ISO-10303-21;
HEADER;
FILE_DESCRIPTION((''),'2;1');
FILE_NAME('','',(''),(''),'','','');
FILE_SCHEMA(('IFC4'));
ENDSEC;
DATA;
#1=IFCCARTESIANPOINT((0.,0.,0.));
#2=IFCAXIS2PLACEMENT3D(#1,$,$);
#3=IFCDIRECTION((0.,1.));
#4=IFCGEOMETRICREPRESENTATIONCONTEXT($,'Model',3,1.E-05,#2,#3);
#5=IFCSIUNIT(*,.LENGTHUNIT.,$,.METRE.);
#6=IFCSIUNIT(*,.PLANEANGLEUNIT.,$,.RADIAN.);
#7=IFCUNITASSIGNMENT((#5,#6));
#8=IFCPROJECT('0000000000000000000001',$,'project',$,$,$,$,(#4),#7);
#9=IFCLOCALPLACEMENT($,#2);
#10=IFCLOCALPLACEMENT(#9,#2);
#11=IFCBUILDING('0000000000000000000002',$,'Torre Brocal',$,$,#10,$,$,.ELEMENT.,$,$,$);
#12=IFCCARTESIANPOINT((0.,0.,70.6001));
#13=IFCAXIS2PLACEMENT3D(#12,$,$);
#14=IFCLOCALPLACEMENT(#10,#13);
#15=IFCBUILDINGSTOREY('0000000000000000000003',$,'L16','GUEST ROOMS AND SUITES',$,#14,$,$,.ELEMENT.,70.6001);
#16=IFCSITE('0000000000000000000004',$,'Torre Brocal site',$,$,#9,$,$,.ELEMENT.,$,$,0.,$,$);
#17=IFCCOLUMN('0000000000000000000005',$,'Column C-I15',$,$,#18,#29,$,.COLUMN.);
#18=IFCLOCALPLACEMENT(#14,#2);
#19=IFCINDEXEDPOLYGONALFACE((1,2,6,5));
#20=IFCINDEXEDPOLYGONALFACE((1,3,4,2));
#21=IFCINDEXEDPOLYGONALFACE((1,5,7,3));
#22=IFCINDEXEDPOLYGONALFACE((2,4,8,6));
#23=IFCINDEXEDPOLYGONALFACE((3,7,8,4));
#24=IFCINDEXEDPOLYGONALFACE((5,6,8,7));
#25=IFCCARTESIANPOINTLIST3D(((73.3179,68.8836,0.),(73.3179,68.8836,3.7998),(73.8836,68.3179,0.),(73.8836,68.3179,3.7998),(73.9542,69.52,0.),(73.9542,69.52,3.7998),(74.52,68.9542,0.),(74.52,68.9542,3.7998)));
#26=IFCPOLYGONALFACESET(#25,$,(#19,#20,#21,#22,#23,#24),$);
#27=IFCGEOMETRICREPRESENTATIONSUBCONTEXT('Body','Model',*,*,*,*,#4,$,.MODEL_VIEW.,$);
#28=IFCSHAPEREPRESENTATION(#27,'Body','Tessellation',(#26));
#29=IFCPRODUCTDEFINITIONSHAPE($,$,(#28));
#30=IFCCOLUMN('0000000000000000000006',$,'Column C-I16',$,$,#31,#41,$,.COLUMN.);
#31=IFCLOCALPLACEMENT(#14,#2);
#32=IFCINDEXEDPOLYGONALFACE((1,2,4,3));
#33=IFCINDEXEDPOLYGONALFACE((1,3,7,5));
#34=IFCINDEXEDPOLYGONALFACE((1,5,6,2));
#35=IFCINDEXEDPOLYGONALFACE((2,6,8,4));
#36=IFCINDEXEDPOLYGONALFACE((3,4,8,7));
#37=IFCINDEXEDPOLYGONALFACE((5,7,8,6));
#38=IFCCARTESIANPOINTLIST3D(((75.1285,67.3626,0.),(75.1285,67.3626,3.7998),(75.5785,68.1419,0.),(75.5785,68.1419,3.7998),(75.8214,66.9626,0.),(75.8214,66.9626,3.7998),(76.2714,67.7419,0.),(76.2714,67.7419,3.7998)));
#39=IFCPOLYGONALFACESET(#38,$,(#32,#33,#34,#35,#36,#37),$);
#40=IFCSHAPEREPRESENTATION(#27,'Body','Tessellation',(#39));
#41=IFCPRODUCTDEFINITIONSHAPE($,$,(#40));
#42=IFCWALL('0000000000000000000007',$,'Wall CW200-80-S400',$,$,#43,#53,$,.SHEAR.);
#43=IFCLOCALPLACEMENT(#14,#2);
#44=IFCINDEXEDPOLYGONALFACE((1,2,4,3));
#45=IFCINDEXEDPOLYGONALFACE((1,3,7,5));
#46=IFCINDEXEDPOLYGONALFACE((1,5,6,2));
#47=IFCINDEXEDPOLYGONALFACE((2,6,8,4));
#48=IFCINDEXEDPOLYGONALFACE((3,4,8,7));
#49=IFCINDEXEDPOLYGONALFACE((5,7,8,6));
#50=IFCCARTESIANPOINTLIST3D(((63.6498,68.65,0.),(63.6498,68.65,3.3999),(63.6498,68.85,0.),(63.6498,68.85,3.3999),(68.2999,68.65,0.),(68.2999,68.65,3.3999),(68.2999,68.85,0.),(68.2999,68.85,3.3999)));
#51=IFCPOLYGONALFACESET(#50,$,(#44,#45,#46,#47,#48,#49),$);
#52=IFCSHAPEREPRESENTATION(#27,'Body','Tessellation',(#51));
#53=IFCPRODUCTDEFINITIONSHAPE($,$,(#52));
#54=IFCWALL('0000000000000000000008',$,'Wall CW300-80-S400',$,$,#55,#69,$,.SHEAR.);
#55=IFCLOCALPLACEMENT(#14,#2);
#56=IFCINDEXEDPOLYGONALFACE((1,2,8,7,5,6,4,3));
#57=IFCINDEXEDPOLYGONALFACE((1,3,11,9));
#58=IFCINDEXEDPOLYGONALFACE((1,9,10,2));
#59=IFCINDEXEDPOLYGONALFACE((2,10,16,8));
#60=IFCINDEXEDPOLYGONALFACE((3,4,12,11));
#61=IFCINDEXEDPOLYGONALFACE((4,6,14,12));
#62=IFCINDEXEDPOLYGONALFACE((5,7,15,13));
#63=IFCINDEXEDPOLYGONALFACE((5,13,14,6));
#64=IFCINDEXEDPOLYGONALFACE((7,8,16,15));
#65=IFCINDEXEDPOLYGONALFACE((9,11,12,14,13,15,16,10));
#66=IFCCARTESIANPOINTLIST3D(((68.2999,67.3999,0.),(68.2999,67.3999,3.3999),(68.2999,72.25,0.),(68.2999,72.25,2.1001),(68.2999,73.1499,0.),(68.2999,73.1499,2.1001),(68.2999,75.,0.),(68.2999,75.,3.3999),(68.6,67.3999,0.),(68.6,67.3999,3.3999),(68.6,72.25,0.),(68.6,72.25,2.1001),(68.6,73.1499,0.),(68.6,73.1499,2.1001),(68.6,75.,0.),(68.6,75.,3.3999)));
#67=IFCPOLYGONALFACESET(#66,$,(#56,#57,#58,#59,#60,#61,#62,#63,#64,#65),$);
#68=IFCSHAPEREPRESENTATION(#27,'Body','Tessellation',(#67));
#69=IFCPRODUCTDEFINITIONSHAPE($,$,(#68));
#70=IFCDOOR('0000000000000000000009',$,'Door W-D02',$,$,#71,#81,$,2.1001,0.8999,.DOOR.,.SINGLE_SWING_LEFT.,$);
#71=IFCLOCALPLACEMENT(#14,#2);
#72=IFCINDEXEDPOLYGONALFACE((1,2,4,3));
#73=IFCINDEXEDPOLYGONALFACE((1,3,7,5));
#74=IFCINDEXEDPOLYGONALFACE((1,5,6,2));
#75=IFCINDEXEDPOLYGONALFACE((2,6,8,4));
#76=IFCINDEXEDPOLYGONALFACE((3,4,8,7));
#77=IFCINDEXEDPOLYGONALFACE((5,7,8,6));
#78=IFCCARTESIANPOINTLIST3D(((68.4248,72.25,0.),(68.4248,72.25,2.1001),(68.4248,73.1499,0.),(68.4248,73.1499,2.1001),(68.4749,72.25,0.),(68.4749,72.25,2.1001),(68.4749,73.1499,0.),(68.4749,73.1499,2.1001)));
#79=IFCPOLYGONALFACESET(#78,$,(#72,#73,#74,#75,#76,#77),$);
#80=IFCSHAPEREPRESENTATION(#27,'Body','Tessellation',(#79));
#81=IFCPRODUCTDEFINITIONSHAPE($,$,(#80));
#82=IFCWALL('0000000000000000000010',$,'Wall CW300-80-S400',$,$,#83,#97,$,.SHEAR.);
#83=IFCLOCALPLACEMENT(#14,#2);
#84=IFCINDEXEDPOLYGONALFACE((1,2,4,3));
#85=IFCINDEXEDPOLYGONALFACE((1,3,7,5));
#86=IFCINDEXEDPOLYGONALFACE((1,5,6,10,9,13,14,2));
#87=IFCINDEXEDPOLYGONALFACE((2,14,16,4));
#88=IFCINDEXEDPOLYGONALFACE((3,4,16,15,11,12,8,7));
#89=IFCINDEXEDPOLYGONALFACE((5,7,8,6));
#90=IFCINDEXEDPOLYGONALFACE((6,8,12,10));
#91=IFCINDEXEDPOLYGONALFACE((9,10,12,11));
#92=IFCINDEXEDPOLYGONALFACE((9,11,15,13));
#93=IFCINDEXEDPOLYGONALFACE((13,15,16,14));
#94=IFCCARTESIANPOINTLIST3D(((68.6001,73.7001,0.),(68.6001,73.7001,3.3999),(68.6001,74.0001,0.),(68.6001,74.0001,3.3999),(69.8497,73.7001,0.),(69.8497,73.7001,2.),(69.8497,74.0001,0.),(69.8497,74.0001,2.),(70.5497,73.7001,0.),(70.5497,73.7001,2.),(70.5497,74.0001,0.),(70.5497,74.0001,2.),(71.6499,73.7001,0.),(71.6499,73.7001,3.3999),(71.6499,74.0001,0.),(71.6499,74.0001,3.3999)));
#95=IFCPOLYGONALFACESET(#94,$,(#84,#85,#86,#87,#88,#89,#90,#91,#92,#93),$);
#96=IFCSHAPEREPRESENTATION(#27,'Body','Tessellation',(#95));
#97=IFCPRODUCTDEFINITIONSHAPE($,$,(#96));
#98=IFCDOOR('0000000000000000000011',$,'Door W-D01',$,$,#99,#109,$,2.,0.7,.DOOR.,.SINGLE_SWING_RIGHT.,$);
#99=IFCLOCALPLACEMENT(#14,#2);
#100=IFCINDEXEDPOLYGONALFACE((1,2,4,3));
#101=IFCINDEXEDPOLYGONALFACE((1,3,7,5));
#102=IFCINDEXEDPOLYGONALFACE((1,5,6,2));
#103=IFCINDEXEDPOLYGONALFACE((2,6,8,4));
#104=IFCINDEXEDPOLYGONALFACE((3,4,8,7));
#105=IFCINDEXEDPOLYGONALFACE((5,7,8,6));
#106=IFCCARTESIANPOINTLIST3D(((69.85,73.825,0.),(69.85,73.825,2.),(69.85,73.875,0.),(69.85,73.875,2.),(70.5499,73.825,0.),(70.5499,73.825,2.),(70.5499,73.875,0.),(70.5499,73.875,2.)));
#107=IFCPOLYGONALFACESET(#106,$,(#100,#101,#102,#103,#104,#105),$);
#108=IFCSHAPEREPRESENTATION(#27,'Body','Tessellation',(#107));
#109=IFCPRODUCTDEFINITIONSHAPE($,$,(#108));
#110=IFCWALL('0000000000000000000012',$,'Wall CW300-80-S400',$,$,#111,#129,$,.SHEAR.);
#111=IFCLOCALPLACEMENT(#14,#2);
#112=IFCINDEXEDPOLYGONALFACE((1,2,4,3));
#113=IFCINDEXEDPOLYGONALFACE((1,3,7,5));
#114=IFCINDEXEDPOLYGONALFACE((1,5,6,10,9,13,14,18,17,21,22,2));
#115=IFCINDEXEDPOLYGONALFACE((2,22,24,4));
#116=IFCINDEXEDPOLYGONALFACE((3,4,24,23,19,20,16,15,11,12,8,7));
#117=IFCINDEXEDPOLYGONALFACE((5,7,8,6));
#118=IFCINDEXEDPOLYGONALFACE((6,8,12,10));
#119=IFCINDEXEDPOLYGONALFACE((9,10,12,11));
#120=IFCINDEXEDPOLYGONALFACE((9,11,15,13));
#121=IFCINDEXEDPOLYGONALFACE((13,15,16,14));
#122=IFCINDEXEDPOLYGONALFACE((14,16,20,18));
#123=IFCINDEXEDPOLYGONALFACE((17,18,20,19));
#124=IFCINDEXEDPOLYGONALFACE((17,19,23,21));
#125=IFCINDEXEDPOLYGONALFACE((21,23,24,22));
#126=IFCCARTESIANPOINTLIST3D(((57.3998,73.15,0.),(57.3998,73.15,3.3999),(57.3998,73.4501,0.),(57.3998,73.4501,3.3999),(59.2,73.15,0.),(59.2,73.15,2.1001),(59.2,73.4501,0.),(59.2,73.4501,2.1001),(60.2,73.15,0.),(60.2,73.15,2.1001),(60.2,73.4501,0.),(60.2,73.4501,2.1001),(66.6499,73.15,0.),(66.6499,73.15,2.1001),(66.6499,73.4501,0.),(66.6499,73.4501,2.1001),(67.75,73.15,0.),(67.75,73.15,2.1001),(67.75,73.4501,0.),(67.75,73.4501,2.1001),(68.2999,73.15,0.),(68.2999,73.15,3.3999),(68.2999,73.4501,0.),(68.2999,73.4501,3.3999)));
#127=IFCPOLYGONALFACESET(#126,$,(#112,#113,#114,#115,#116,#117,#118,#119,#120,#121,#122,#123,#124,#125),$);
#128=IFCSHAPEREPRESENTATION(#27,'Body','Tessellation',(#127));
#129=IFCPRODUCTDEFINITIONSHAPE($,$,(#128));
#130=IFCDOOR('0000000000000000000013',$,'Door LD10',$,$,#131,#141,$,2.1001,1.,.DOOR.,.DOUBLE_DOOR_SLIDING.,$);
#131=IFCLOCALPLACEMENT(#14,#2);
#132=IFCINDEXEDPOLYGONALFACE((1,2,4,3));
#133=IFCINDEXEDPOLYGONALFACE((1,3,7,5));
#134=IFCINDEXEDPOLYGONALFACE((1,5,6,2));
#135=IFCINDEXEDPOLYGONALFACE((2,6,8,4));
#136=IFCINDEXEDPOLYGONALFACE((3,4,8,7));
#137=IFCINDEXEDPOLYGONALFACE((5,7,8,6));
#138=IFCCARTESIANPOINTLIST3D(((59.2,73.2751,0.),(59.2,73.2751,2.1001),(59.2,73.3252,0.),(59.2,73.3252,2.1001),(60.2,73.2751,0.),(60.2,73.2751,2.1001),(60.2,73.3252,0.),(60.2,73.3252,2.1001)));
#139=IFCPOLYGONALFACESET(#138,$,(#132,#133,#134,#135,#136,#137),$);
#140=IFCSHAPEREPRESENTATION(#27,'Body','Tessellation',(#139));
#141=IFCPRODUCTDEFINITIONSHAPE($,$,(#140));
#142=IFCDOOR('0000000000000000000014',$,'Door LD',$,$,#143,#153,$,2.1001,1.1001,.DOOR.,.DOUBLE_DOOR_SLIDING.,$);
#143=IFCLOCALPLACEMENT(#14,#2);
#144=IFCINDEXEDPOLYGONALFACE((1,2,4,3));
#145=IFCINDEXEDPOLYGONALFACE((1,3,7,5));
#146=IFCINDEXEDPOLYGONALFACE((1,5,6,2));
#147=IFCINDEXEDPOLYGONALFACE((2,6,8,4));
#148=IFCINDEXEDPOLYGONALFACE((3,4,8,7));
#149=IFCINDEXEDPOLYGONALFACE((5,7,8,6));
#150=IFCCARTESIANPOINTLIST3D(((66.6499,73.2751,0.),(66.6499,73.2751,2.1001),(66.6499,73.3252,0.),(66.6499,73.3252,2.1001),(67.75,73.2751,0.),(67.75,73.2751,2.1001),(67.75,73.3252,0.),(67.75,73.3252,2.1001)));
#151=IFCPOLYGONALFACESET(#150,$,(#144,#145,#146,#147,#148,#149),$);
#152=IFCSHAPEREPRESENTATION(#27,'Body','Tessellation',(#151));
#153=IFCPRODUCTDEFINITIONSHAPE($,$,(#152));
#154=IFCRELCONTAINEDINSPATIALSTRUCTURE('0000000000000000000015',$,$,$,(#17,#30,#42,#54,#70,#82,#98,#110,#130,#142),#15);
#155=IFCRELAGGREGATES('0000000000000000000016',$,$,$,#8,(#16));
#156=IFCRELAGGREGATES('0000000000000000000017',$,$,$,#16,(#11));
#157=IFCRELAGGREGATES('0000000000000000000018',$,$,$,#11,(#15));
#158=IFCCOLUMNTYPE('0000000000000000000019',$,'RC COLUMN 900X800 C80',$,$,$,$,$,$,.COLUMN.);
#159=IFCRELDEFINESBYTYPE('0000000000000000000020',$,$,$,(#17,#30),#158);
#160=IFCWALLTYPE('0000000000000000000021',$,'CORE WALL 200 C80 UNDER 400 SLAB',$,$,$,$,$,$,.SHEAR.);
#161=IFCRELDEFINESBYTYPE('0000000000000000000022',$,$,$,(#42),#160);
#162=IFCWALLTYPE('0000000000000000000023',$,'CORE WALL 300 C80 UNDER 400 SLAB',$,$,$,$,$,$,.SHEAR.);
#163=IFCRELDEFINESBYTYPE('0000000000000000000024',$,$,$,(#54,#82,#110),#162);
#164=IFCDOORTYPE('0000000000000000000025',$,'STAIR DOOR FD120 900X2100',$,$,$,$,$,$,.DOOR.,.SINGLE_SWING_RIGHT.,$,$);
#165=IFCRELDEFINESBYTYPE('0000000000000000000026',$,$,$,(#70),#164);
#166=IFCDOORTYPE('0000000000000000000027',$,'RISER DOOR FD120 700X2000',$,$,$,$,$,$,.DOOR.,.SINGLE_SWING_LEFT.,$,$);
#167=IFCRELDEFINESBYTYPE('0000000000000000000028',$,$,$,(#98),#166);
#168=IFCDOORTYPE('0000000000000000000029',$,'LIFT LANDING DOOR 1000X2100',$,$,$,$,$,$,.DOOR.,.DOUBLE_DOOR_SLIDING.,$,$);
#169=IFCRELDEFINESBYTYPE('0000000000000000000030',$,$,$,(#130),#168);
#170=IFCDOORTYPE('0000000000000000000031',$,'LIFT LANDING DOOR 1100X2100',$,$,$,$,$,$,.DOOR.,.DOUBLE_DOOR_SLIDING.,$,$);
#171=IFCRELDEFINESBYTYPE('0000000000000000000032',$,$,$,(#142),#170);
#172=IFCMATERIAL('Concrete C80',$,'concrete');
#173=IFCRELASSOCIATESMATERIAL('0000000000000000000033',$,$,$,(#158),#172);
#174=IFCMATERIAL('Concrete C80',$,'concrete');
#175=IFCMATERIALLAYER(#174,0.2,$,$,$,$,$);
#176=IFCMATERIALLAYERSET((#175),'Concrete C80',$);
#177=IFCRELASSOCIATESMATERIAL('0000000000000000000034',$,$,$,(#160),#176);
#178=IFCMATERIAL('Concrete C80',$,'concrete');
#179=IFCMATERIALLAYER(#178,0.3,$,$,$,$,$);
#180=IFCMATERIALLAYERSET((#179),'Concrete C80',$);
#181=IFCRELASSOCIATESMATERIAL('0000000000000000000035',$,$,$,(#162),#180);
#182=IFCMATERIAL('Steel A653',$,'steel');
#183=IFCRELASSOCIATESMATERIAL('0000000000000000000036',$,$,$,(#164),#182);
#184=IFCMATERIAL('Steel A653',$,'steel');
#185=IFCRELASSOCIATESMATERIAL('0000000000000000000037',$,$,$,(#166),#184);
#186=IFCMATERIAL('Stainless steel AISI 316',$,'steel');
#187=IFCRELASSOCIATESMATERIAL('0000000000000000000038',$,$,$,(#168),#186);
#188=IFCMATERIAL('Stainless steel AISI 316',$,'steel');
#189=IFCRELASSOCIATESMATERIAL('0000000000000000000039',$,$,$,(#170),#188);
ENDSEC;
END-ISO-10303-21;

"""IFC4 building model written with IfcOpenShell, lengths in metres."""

from ifc_helpers import new_model, si_unit, direction, frame, frame_2d, origin, origin_2d, place, context, subcontext, project, spatial, rectangle, extrude, material, layer, layer_set, material_profile, profile_set, type_object, element, fill, save


model = new_model("IFC4")

# Units and contexts
model_context = context("Model", 3, precision=1e-05, world=origin(), true_north=direction((0.0, 1.0)))
body_context = subcontext(model_context, "Body", "Model", "MODEL_VIEW")
ifc_project = project(units=[si_unit("LENGTHUNIT", "METRE"), si_unit("PLANEANGLEUNIT", "RADIAN")], contexts=[model_context])

# Site, building, storey
site_placement = place(None, origin())
site = spatial("IfcSite", under=ifc_project, at=site_placement, Name="Torre Brocal site", CompositionType="ELEMENT", RefElevation=0.0)
building_placement = place(site_placement, origin())
building = spatial("IfcBuilding", under=site, at=building_placement, Name="Torre Brocal", CompositionType="ELEMENT")
storey_placement = place(building_placement, frame((0.0, 0.0, 70.6001)))
storey = spatial("IfcBuildingStorey", under=building, at=storey_placement, Name="L16", Description="GUEST ROOMS AND SUITES", CompositionType="ELEMENT", Elevation=70.6001)

# Columns
ifc_material_1 = material(Name="Concrete C80", Category="concrete")
ifc_material_profile = material_profile(ifc_material_1, rectangle(XDim=0.8999, YDim=0.8, at=origin_2d()), Name="RC 900X800")
ifc_profile_set = profile_set([ifc_material_profile], Name="Concrete C80")
column_type = type_object("IfcColumnType", Name="RC COLUMN 900X800 C80", PredefinedType="COLUMN", material=ifc_profile_set)
for number, where, z_axis, x_axis, name in (
    (1, (73.9189, 68.9189, 0.0), (0.0, 0.0, 1.0), (-0.707107, -0.707107, 0.0), "Column C-I15"),
    (2, (75.7, 67.5522, 0.0), (0.0, 0.0, 1.0), (-0.5, -0.866025, 0.0), "Column C-I16"),
):
    element("IfcColumn", number, at=place(storey_placement, frame(where, z_axis=z_axis, x_axis=x_axis)), inside=storey, type_object=column_type, Name=name, PredefinedType="COLUMN", context=body_context, shape_type="SweptSolid", body=[
        extrude(rectangle(XDim=0.8999, YDim=0.8, at=origin_2d()), origin(), (0.0, 0.0, 1.0), 3.7998),
    ])

# Wall
ifc_material_2 = material(Name="Concrete C80", Category="concrete")
ifc_layer_1 = layer(ifc_material_2, 0.2)
ifc_layer_set_1 = layer_set([ifc_layer_1], Name="Concrete C80")
wall_type_1 = type_object("IfcWallType", Name="CORE WALL 200 C80 UNDER 400 SLAB", PredefinedType="SHEAR", material=ifc_layer_set_1)
wall_1_placement = place(storey_placement, frame((68.3, 68.75, 0.0), z_axis=(0.0, 0.0, 1.0), x_axis=(-1.0, 0.0, 0.0)))
element("IfcWall", 3, at=wall_1_placement, inside=storey, type_object=wall_type_1, Name="Wall CW200-80-S400", PredefinedType="SHEAR", context=body_context, shape_type="SweptSolid", body=[
    extrude(rectangle(XDim=4.6501, YDim=0.2, at=frame_2d((2.3252, 0.0))), origin(), (0.0, 0.0, 1.0), 3.3999),
])

# Walls, openings, doors
ifc_material_3 = material(Name="Concrete C80", Category="concrete")
ifc_layer_2 = layer(ifc_material_3, 0.3)
ifc_layer_set_2 = layer_set([ifc_layer_2], Name="Concrete C80")
wall_type_2 = type_object("IfcWallType", Name="CORE WALL 300 C80 UNDER 400 SLAB", PredefinedType="SHEAR", material=ifc_layer_set_2)
wall_2_placement = place(storey_placement, frame((68.45, 75.0, 0.0), z_axis=(0.0, 0.0, 1.0), x_axis=(0.0, -1.0, 0.0)))
wall_2 = element("IfcWall", 4, at=wall_2_placement, inside=storey, type_object=wall_type_2, Name="Wall CW300-80-S400", PredefinedType="SHEAR", context=body_context, shape_type="SweptSolid", body=[
    extrude(rectangle(XDim=7.6001, YDim=0.3, at=frame_2d((3.8, 0.0))), origin(), (0.0, 0.0, 1.0), 3.3999),
])
opening_1_placement = place(wall_2_placement, frame((1.8501, 0.0, 0.0)))
opening_1 = element("IfcOpeningElement", 5, at=opening_1_placement, cuts=wall_2, PredefinedType="OPENING", context=body_context, shape_type="SweptSolid", body=[
    extrude(rectangle(XDim=0.8999, YDim=2.1001, at=frame_2d((0.45, 1.05))), frame((0.0, 0.1599, 0.0), z_axis=(0.0, -1.0, 0.0), x_axis=(1.0, 0.0, 0.0)), (0.0, 0.0, 1.0), 0.3201),
])
ifc_material_4 = material(Name="Steel A653", Category="steel")
door_type_1 = type_object("IfcDoorType", Name="STAIR DOOR FD120 900X2100", OperationType="SINGLE_SWING_RIGHT", PredefinedType="DOOR", material=ifc_material_4)
door_1_placement = place(opening_1_placement, origin())
door_1 = element("IfcDoor", 6, at=door_1_placement, inside=storey, type_object=door_type_1, Name="Door W-D02", OperationType="SINGLE_SWING_LEFT", OverallHeight=2.1001, OverallWidth=0.8999, PredefinedType="DOOR", context=body_context, shape_type="SweptSolid", body=[
    extrude(rectangle(XDim=0.8999, YDim=2.1001, at=frame_2d((0.45, 1.05))), frame((0.0, 0.0249, 0.0), z_axis=(0.0, -1.0, 0.0), x_axis=(1.0, 0.0, 0.0)), (0.0, 0.0, 1.0), 0.05),
])
fill(opening_1, door_1)
wall_3_placement = place(storey_placement, frame((71.6499, 73.8501, 0.0), z_axis=(0.0, 0.0, 1.0), x_axis=(-1.0, 0.0, 0.0)))
wall_3 = element("IfcWall", 7, at=wall_3_placement, inside=storey, type_object=wall_type_2, Name="Wall CW300-80-S400", PredefinedType="SHEAR", context=body_context, shape_type="SweptSolid", body=[
    extrude(rectangle(XDim=3.0498, YDim=0.3, at=frame_2d((1.5249, 0.0))), origin(), (0.0, 0.0, 1.0), 3.3999),
])
opening_2_placement = place(wall_3_placement, frame((1.1001, 0.0, 0.0)))
opening_2 = element("IfcOpeningElement", 8, at=opening_2_placement, cuts=wall_3, PredefinedType="OPENING", context=body_context, shape_type="SweptSolid", body=[
    extrude(rectangle(XDim=0.7, YDim=2.0, at=frame_2d((0.3501, 1.0))), frame((0.0, 0.1599, 0.0), z_axis=(0.0, -1.0, 0.0), x_axis=(1.0, 0.0, 0.0)), (0.0, 0.0, 1.0), 0.3201),
])
ifc_material_5 = material(Name="Steel A653", Category="steel")
door_type_2 = type_object("IfcDoorType", Name="RISER DOOR FD120 700X2000", OperationType="SINGLE_SWING_LEFT", PredefinedType="DOOR", material=ifc_material_5)
door_2_placement = place(opening_2_placement, frame((0.7, 0.0, 0.0), z_axis=(0.0, 0.0, 1.0), x_axis=(-1.0, 0.0, 0.0)))
door_2 = element("IfcDoor", 9, at=door_2_placement, inside=storey, type_object=door_type_2, Name="Door W-D01", OperationType="SINGLE_SWING_RIGHT", OverallHeight=2.0, OverallWidth=0.7, PredefinedType="DOOR", context=body_context, shape_type="SweptSolid", body=[
    extrude(rectangle(XDim=0.7, YDim=2.0, at=frame_2d((0.3501, 1.0))), frame((0.0, 0.0249, 0.0), z_axis=(0.0, -1.0, 0.0), x_axis=(1.0, 0.0, 0.0)), (0.0, 0.0, 1.0), 0.05),
])
fill(opening_2, door_2)

# Wall, openings, doors
wall_4_placement = place(storey_placement, frame((68.3, 73.3, 0.0), z_axis=(0.0, 0.0, 1.0), x_axis=(-1.0, 0.0, 0.0)))
wall_4 = element("IfcWall", 10, at=wall_4_placement, inside=storey, type_object=wall_type_2, Name="Wall CW300-80-S400", PredefinedType="SHEAR", context=body_context, shape_type="SweptSolid", body=[
    extrude(rectangle(XDim=10.9001, YDim=0.3, at=frame_2d((5.4502, 0.0))), origin(), (0.0, 0.0, 1.0), 3.3999),
])
opening_3_placement = place(wall_4_placement, frame((0.55, 0.0, 0.0)))
opening_3 = element("IfcOpeningElement", 11, at=opening_3_placement, cuts=wall_4, PredefinedType="OPENING", context=body_context, shape_type="SweptSolid", body=[
    extrude(rectangle(XDim=1.1001, YDim=2.1001, at=frame_2d((0.55, 1.05))), frame((0.0, 0.1599, 0.0), z_axis=(0.0, -1.0, 0.0), x_axis=(1.0, 0.0, 0.0)), (0.0, 0.0, 1.0), 0.3201),
])
opening_4_placement = place(wall_4_placement, frame((8.1001, 0.0, 0.0)))
opening_4 = element("IfcOpeningElement", 12, at=opening_4_placement, cuts=wall_4, PredefinedType="OPENING", context=body_context, shape_type="SweptSolid", body=[
    extrude(rectangle(XDim=1.0, YDim=2.1001, at=frame_2d((0.5, 1.05))), frame((0.0, 0.1599, 0.0), z_axis=(0.0, -1.0, 0.0), x_axis=(1.0, 0.0, 0.0)), (0.0, 0.0, 1.0), 0.3201),
])
ifc_material_6 = material(Name="Stainless steel AISI 316", Category="steel")
door_type_3 = type_object("IfcDoorType", Name="LIFT LANDING DOOR 1000X2100", OperationType="DOUBLE_DOOR_SLIDING", PredefinedType="DOOR", material=ifc_material_6)
door_3_placement = place(opening_4_placement, origin())
door_3 = element("IfcDoor", 13, at=door_3_placement, inside=storey, type_object=door_type_3, Name="Door LD10", OperationType="DOUBLE_DOOR_SLIDING", OverallHeight=2.1001, OverallWidth=1.0, PredefinedType="DOOR", context=body_context, shape_type="SweptSolid", body=[
    extrude(rectangle(XDim=1.0, YDim=2.1001, at=frame_2d((0.5, 1.05))), frame((0.0, 0.0249, 0.0), z_axis=(0.0, -1.0, 0.0), x_axis=(1.0, 0.0, 0.0)), (0.0, 0.0, 1.0), 0.05),
])
fill(opening_4, door_3)
ifc_material_7 = material(Name="Stainless steel AISI 316", Category="steel")
door_type_4 = type_object("IfcDoorType", Name="LIFT LANDING DOOR 1100X2100", OperationType="DOUBLE_DOOR_SLIDING", PredefinedType="DOOR", material=ifc_material_7)
door_4_placement = place(opening_3_placement, origin())
door_4 = element("IfcDoor", 14, at=door_4_placement, inside=storey, type_object=door_type_4, Name="Door LD", OperationType="DOUBLE_DOOR_SLIDING", OverallHeight=2.1001, OverallWidth=1.1001, PredefinedType="DOOR", context=body_context, shape_type="SweptSolid", body=[
    extrude(rectangle(XDim=1.1001, YDim=2.1001, at=frame_2d((0.55, 1.05))), frame((0.0, 0.0249, 0.0), z_axis=(0.0, -1.0, 0.0), x_axis=(1.0, 0.0, 0.0)), (0.0, 0.0, 1.0), 0.05),
])
fill(opening_3, door_4)

save(model, "model.ifc")
